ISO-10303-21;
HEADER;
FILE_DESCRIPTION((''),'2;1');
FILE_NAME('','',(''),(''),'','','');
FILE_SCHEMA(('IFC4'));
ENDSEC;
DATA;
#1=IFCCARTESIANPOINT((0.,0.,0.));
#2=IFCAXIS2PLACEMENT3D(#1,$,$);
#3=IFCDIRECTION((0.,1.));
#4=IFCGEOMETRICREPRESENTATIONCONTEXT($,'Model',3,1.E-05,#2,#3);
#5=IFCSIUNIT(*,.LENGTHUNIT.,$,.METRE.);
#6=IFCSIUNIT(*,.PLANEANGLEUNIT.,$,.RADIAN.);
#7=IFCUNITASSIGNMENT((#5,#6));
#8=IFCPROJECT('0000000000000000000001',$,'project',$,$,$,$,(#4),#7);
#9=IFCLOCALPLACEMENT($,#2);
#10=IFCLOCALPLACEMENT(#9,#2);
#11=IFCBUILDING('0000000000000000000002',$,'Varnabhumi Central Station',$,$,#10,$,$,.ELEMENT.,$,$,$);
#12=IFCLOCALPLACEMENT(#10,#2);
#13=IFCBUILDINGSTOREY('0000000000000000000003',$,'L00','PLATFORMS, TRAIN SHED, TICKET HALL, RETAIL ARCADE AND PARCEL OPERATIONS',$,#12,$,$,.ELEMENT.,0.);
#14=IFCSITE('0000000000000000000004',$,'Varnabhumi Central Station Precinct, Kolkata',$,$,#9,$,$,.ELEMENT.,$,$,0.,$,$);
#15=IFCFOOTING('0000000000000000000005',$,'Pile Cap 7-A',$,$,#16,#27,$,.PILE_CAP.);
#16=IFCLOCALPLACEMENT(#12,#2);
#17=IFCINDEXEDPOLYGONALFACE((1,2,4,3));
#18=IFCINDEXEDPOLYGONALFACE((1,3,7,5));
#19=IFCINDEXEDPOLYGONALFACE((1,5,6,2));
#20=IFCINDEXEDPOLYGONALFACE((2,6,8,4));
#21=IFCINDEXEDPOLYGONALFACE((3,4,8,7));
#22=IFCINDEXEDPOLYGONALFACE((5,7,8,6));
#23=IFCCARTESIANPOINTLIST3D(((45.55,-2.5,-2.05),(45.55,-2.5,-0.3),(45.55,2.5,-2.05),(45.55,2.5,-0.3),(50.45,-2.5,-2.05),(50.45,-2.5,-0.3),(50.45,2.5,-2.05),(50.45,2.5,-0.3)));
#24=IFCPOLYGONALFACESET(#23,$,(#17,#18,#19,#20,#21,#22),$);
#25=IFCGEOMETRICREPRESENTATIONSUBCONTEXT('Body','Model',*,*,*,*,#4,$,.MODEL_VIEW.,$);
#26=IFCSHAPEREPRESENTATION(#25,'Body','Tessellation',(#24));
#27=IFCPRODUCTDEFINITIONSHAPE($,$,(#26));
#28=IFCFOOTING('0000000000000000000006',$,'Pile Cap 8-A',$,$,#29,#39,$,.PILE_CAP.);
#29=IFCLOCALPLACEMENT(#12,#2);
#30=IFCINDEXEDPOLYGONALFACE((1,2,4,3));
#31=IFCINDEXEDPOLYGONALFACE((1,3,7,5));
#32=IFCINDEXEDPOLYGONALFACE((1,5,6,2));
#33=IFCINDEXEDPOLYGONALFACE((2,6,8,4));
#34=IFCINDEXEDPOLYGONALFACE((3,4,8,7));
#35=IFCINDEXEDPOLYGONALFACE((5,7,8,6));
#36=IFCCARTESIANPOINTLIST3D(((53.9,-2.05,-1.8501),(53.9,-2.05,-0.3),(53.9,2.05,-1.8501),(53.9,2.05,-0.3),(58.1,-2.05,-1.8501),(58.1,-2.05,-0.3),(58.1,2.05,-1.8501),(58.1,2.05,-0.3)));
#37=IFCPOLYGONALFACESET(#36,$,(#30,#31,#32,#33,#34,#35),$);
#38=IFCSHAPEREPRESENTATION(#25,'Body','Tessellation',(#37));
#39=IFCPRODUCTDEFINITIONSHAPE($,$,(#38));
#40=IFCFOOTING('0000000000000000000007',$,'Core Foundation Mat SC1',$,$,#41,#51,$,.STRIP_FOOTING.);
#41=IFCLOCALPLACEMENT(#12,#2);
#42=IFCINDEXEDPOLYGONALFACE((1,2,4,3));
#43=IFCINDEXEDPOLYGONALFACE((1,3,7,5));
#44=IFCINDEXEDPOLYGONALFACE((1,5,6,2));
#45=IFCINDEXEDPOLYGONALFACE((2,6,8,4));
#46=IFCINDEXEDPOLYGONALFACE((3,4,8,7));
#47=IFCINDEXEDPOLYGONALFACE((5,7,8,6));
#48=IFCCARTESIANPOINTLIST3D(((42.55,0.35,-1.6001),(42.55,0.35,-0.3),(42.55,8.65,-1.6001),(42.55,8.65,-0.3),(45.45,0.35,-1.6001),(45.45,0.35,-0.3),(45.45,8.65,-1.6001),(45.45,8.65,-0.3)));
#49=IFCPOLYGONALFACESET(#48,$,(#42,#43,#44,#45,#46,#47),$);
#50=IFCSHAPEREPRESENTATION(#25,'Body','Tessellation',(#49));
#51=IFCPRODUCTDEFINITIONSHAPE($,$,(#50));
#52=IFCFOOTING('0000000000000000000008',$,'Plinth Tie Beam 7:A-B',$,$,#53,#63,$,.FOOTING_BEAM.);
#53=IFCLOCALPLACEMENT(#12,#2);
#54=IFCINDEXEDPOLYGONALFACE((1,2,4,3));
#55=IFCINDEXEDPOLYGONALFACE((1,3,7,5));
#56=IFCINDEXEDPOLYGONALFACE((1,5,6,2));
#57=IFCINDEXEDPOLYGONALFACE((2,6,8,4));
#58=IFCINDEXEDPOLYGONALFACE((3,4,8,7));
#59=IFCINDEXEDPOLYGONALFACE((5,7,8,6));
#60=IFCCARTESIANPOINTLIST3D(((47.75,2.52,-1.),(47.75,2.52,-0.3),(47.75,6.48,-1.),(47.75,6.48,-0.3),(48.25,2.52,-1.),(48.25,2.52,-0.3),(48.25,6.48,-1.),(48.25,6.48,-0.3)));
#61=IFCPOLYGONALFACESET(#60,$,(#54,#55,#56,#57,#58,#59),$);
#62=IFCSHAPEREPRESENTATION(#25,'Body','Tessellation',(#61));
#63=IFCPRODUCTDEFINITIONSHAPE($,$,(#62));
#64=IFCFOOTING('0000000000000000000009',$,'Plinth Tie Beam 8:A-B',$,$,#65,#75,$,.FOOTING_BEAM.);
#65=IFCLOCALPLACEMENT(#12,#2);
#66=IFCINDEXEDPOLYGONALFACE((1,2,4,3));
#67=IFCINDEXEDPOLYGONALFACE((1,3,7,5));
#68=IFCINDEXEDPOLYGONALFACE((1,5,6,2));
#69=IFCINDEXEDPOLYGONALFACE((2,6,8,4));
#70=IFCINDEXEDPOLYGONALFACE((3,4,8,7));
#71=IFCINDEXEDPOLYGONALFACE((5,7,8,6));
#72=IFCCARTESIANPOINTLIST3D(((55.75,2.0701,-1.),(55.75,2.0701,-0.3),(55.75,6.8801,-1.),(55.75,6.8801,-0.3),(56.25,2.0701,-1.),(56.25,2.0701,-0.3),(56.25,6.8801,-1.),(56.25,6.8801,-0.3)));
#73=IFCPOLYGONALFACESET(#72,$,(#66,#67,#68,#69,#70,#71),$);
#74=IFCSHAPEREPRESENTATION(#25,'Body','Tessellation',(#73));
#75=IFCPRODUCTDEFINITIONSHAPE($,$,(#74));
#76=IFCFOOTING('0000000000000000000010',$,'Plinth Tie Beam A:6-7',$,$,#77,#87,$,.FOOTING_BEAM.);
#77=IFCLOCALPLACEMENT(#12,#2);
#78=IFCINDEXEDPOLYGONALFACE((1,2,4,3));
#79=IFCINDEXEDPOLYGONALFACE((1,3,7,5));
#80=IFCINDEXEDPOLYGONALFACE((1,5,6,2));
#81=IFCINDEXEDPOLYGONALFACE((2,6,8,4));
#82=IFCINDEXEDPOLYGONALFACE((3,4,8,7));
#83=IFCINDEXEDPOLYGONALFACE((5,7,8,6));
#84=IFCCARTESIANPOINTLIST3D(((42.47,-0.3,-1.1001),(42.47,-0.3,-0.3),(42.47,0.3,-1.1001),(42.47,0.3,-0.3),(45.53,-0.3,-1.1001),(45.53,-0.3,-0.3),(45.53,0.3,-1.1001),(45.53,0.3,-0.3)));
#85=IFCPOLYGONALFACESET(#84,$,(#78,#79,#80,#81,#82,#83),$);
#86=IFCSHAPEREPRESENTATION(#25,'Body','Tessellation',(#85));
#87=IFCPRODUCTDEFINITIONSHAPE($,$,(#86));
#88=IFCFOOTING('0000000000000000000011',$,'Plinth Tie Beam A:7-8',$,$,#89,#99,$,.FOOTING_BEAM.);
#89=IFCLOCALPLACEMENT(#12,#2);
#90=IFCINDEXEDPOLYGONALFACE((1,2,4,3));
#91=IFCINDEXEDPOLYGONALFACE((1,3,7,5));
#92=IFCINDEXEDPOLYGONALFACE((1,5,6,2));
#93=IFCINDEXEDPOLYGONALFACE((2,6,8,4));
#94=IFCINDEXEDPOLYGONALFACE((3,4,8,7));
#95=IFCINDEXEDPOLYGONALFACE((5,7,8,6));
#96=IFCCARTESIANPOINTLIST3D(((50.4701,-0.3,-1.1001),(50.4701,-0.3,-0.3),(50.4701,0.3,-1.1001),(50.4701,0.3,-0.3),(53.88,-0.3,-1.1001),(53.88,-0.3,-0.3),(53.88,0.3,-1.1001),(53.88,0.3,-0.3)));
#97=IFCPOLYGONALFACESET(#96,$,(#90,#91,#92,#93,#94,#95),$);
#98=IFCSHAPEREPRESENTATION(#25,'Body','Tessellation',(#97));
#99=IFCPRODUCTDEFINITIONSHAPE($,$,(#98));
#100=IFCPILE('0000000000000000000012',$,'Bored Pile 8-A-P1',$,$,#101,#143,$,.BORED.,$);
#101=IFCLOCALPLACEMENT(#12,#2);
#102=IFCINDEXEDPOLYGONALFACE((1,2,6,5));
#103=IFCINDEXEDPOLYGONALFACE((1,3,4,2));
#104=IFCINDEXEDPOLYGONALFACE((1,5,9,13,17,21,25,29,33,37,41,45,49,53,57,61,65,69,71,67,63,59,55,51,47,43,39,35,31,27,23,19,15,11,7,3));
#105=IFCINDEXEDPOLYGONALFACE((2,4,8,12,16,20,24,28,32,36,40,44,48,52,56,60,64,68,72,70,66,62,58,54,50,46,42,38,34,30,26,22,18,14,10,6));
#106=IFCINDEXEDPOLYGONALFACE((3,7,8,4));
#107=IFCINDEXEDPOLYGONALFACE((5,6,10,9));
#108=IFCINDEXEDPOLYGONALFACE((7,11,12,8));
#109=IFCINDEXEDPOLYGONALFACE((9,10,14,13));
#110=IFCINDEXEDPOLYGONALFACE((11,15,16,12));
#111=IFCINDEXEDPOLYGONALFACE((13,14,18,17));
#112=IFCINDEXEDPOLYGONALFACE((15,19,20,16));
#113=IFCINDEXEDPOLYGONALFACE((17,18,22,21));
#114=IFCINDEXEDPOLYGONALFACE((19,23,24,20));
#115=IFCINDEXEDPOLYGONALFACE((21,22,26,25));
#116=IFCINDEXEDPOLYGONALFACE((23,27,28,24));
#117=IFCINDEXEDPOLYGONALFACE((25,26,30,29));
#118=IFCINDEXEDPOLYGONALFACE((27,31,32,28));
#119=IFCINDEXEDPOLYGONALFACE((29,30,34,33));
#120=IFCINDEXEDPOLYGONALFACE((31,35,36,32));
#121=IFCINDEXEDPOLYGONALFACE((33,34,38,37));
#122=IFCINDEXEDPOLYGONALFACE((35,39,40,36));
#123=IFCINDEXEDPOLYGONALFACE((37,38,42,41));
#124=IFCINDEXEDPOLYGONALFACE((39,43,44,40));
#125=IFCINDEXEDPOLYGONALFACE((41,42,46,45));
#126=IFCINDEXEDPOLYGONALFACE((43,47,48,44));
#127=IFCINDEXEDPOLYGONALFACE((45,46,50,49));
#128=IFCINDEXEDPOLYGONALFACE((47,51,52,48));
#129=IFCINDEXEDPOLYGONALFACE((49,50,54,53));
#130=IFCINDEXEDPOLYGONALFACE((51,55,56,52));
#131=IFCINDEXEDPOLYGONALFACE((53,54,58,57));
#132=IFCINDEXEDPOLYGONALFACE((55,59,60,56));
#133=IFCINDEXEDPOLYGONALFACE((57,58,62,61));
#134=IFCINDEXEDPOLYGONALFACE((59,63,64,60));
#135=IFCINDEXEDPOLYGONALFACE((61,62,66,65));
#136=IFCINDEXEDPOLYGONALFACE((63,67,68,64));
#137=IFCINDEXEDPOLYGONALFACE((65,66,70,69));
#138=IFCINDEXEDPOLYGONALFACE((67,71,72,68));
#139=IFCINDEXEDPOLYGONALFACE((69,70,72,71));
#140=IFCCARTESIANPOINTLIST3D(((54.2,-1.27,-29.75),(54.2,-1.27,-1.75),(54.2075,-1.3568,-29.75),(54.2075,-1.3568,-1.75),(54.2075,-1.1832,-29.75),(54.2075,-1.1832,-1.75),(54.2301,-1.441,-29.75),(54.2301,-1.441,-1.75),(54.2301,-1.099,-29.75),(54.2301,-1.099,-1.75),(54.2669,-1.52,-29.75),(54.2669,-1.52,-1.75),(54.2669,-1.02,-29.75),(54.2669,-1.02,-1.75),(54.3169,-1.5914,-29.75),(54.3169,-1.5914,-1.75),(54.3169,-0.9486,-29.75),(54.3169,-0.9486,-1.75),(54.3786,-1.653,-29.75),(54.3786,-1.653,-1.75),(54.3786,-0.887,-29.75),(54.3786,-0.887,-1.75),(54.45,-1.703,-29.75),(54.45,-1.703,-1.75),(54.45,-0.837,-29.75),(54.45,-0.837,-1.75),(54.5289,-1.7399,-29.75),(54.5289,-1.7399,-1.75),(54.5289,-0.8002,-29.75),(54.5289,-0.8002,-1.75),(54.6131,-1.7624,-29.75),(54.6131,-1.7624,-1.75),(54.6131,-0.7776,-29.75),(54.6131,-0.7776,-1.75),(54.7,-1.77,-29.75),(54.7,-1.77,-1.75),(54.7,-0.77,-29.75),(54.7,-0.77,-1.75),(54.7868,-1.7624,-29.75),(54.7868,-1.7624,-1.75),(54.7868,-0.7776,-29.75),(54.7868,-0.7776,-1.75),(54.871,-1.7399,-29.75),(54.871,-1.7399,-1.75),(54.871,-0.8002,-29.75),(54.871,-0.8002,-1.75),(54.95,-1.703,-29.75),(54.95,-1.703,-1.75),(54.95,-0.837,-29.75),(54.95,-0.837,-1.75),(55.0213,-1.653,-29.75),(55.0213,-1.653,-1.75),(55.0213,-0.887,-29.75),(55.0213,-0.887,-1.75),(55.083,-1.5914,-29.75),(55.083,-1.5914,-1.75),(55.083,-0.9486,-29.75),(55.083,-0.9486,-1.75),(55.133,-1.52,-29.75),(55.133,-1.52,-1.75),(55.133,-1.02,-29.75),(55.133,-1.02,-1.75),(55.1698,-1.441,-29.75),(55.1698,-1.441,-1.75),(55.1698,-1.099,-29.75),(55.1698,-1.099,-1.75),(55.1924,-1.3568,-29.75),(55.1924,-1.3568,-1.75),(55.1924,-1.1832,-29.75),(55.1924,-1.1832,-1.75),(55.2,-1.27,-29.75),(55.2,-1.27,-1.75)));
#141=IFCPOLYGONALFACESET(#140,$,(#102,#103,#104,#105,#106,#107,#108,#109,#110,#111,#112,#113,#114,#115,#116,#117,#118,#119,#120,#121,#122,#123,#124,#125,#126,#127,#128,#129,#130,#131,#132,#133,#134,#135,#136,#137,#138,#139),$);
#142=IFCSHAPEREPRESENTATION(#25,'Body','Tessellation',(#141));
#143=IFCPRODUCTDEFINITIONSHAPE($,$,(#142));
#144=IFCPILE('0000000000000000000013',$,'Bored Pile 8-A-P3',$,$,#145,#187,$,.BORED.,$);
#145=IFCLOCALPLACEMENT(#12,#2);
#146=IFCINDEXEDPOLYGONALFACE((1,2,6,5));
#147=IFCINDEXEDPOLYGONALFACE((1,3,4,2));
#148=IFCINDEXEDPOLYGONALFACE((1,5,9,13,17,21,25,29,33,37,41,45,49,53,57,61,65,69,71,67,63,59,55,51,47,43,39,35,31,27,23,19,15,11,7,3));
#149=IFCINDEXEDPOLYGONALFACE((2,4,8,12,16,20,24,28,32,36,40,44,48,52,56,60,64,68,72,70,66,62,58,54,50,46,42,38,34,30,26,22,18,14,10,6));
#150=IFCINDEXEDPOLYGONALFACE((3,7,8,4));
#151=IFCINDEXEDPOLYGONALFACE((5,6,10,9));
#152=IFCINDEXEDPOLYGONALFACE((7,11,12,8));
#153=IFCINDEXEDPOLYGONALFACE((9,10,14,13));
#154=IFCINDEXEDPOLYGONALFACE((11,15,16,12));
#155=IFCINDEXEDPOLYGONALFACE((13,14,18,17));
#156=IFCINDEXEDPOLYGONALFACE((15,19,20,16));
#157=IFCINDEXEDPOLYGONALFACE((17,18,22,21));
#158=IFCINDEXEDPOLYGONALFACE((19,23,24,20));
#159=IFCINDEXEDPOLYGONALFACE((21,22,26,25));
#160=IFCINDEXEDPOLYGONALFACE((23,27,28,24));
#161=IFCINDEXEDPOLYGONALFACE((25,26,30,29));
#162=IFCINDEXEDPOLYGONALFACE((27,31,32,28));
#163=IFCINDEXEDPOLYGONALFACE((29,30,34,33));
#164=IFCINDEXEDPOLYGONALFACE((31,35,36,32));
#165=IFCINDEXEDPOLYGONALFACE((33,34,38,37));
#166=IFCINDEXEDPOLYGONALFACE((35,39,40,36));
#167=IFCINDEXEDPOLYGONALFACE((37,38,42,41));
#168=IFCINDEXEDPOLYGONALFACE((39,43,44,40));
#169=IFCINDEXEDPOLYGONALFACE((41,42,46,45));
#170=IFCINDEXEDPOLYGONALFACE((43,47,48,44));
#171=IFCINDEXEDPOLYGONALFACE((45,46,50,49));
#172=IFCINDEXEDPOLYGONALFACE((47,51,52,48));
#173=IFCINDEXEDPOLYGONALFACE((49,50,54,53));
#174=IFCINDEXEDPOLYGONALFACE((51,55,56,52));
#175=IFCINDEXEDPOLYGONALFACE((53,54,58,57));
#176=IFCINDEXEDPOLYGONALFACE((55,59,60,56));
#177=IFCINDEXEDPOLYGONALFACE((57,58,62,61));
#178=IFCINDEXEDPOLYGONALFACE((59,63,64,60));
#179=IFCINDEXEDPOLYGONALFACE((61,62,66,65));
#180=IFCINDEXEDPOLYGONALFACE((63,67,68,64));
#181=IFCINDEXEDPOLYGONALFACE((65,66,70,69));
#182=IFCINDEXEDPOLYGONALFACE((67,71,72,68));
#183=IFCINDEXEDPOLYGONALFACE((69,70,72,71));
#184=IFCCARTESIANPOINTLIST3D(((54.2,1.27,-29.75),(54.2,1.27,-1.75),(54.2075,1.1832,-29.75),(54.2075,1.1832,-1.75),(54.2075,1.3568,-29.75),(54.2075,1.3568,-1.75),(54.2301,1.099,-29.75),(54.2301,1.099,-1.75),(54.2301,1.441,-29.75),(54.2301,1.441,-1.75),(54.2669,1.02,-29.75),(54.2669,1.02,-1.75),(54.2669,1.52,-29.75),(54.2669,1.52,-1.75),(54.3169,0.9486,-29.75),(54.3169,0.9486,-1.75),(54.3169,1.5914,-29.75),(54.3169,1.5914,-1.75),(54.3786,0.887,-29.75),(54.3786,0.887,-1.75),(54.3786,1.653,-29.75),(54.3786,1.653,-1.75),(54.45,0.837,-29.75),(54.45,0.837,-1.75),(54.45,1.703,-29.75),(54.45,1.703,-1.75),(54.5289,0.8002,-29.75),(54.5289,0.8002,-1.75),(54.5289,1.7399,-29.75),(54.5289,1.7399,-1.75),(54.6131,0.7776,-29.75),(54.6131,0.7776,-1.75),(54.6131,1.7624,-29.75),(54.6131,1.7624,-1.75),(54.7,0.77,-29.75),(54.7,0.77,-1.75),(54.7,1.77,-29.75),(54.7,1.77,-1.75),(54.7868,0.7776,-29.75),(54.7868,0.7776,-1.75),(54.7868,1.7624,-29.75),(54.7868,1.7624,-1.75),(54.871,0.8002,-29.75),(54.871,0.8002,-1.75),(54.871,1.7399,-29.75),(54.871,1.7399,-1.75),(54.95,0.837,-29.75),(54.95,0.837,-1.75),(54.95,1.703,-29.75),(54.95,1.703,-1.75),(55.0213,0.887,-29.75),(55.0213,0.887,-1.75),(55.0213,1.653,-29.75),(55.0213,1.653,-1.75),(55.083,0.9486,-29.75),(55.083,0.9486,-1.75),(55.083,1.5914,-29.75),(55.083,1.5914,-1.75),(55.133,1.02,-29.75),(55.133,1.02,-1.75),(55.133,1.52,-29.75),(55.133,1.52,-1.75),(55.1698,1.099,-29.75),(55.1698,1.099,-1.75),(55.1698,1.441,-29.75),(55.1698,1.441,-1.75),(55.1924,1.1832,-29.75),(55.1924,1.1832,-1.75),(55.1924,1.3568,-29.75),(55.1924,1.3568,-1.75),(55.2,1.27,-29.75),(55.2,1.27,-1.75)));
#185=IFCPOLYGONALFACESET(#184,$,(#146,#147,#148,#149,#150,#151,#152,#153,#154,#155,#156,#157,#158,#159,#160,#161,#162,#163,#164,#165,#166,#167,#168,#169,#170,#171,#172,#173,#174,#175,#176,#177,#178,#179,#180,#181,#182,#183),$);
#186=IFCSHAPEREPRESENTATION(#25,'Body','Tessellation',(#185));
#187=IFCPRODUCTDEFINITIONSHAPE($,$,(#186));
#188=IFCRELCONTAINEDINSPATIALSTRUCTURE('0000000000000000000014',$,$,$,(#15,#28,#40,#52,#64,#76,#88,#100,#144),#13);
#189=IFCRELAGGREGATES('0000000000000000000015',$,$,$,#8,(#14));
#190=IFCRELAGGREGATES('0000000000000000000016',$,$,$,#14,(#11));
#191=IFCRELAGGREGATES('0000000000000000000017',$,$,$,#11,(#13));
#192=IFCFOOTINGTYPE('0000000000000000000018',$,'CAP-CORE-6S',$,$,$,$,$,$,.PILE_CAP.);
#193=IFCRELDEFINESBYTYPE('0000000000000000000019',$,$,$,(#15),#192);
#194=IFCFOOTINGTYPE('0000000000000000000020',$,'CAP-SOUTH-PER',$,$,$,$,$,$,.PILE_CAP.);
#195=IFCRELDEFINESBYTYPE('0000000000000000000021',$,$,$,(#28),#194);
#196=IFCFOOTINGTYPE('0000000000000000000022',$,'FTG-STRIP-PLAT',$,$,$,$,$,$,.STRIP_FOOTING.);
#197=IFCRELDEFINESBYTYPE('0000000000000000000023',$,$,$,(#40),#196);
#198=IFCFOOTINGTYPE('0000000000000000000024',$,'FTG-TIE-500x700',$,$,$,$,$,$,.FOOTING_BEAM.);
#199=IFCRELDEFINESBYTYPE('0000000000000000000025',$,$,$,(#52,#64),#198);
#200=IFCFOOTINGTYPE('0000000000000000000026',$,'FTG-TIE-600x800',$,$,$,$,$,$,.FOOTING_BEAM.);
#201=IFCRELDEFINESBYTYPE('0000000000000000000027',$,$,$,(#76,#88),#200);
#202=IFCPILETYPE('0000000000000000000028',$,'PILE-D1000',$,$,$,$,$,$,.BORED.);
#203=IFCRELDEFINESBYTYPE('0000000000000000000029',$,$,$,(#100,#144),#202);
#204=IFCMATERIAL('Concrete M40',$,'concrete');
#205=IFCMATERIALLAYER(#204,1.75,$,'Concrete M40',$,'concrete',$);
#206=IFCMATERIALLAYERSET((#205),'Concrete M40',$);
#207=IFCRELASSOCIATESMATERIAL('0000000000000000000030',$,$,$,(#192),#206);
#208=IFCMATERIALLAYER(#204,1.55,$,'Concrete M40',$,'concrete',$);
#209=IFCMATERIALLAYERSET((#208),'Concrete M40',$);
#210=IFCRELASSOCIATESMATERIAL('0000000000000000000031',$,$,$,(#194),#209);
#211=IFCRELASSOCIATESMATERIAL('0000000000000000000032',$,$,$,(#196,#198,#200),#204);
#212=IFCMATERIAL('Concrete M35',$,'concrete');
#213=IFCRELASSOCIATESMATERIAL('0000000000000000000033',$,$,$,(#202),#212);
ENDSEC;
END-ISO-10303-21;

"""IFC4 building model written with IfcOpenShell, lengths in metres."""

from ifc_helpers import new_model, si_unit, direction, frame, origin, origin_2d, place, context, subcontext, project, spatial, rectangle, circle, extrude, material, layer, layer_set, material_profile, profile_set, type_object, element, save


model = new_model("IFC4")

# Units and contexts
model_context = context("Model", 3, precision=1e-05, world=origin(), true_north=direction((0.0, 1.0)))
body_context = subcontext(model_context, "Body", "Model", "MODEL_VIEW")
ifc_project = project(units=[si_unit("LENGTHUNIT", "METRE"), si_unit("PLANEANGLEUNIT", "RADIAN")], contexts=[model_context])

# Site, building, storey
site_placement = place(None, origin())
site = spatial("IfcSite", under=ifc_project, at=site_placement, Name="Varnabhumi Central Station Precinct, Kolkata", CompositionType="ELEMENT", RefElevation=0.0)
building_placement = place(site_placement, origin())
building = spatial("IfcBuilding", under=site, at=building_placement, Name="Varnabhumi Central Station", CompositionType="ELEMENT")
storey_placement = place(building_placement, origin())
storey = spatial("IfcBuildingStorey", under=building, at=storey_placement, Name="L00", Description="PLATFORMS, TRAIN SHED, TICKET HALL, RETAIL ARCADE AND PARCEL OPERATIONS", CompositionType="ELEMENT", Elevation=0.0)

# Footings
ifc_material_1 = material(Name="Concrete M40", Category="concrete")
ifc_layer_1 = layer(ifc_material_1, 1.75, Name="Concrete M40", Category="concrete")
ifc_layer_set_1 = layer_set([ifc_layer_1], Name="Concrete M40")
footing_type_1 = type_object("IfcFootingType", Name="CAP-CORE-6S", PredefinedType="PILE_CAP", material=ifc_layer_set_1)
footing_1_placement = place(storey_placement, frame((48.0, 0.0, -2.05), z_axis=(0.0, 0.0, 1.0), x_axis=(1.0, 0.0, 0.0)))
element("IfcFooting", 1, at=footing_1_placement, inside=storey, type_object=footing_type_1, Name="Pile Cap 7-A", PredefinedType="PILE_CAP", context=body_context, shape_type="SweptSolid", body=[
    extrude(rectangle(XDim=4.8999, YDim=5.0, at=origin_2d()), origin(), (0.0, 0.0, 1.0), 1.75),
])
ifc_layer_2 = layer(ifc_material_1, 1.55, Name="Concrete M40", Category="concrete")
ifc_layer_set_2 = layer_set([ifc_layer_2], Name="Concrete M40")
footing_type_2 = type_object("IfcFootingType", Name="CAP-SOUTH-PER", PredefinedType="PILE_CAP", material=ifc_layer_set_2)
footing_2_placement = place(storey_placement, frame((56.0, 0.0, -1.8501), z_axis=(0.0, 0.0, 1.0), x_axis=(1.0, 0.0, 0.0)))
element("IfcFooting", 2, at=footing_2_placement, inside=storey, type_object=footing_type_2, Name="Pile Cap 8-A", PredefinedType="PILE_CAP", context=body_context, shape_type="SweptSolid", body=[
    extrude(rectangle(XDim=4.2, YDim=4.1001, at=origin_2d()), origin(), (0.0, 0.0, 1.0), 1.55),
])
footing_type_3 = type_object("IfcFootingType", Name="FTG-STRIP-PLAT", PredefinedType="STRIP_FOOTING", material=ifc_material_1)
footing_3_placement = place(storey_placement, frame((44.0, 4.5, -1.6001), z_axis=(0.0, 0.0, 1.0), x_axis=(1.0, 0.0, 0.0)))
element("IfcFooting", 3, at=footing_3_placement, inside=storey, type_object=footing_type_3, Name="Core Foundation Mat SC1", PredefinedType="STRIP_FOOTING", context=body_context, shape_type="SweptSolid", body=[
    extrude(rectangle(XDim=2.8999, YDim=8.3, at=origin_2d()), origin(), (0.0, 0.0, 1.0), 1.3),
])
footing_type_4 = type_object("IfcFootingType", Name="FTG-TIE-500x700", PredefinedType="FOOTING_BEAM", material=ifc_material_1)
footing_4_placement = place(storey_placement, frame((48.0, 4.5, -1.0), z_axis=(0.0, 0.0, 1.0), x_axis=(1.0, 0.0, 0.0)))
element("IfcFooting", 4, at=footing_4_placement, inside=storey, type_object=footing_type_4, Name="Plinth Tie Beam 7:A-B", PredefinedType="FOOTING_BEAM", context=body_context, shape_type="SweptSolid", body=[
    extrude(rectangle(XDim=0.5, YDim=3.96, at=origin_2d()), origin(), (0.0, 0.0, 1.0), 0.7),
])
footing_5_placement = place(storey_placement, frame((56.0, 4.4751, -1.0), z_axis=(0.0, 0.0, 1.0), x_axis=(1.0, 0.0, 0.0)))
element("IfcFooting", 5, at=footing_5_placement, inside=storey, type_object=footing_type_4, Name="Plinth Tie Beam 8:A-B", PredefinedType="FOOTING_BEAM", context=body_context, shape_type="SweptSolid", body=[
    extrude(rectangle(XDim=0.5, YDim=4.8101, at=origin_2d()), origin(), (0.0, 0.0, 1.0), 0.7),
])
footing_type_5 = type_object("IfcFootingType", Name="FTG-TIE-600x800", PredefinedType="FOOTING_BEAM", material=ifc_material_1)
footing_6_placement = place(storey_placement, frame((44.0, 0.0, -1.1001), z_axis=(0.0, 0.0, 1.0), x_axis=(1.0, 0.0, 0.0)))
element("IfcFooting", 6, at=footing_6_placement, inside=storey, type_object=footing_type_5, Name="Plinth Tie Beam A:6-7", PredefinedType="FOOTING_BEAM", context=body_context, shape_type="SweptSolid", body=[
    extrude(rectangle(XDim=3.0601, YDim=0.6001, at=origin_2d()), origin(), (0.0, 0.0, 1.0), 0.8),
])
footing_7_placement = place(storey_placement, frame((52.175, 0.0, -1.1001), z_axis=(0.0, 0.0, 1.0), x_axis=(1.0, 0.0, 0.0)))
element("IfcFooting", 7, at=footing_7_placement, inside=storey, type_object=footing_type_5, Name="Plinth Tie Beam A:7-8", PredefinedType="FOOTING_BEAM", context=body_context, shape_type="SweptSolid", body=[
    extrude(rectangle(XDim=3.4099, YDim=0.6001, at=origin_2d()), origin(), (0.0, 0.0, 1.0), 0.8),
])

# Piles
ifc_material_2 = material(Name="Concrete M35", Category="concrete")
ifc_material_profile_1 = material_profile(ifc_material_2, circle(Radius=0.5, at=origin_2d()), Name="Concrete M35", Category="concrete")
ifc_profile_set_1 = profile_set([ifc_material_profile_1], Name="Concrete M35")
pile_type_1 = type_object("IfcPileType", Name="PILE-D1000", PredefinedType="BORED", material=ifc_profile_set_1)
for number, where, z_axis, x_axis, name in (
    (8, (54.7, -1.27, -1.75), (0.0, 0.0, -1.0), (1.0, 0.0, 0.0), "Bored Pile 8-A-P1"),
    (9, (54.7, 1.27, -1.75), (0.0, 0.0, -1.0), (1.0, 0.0, 0.0), "Bored Pile 8-A-P3"),
):
    element("IfcPile", number, at=place(storey_placement, frame(where, z_axis=z_axis, x_axis=x_axis)), inside=storey, type_object=pile_type_1, Name=name, PredefinedType="BORED", context=body_context, shape_type="SweptSolid", body=[
        extrude(circle(Radius=0.5, at=origin_2d()), origin(), (0.0, 0.0, 1.0), 28.0),
    ])

save(model, "model.ifc")
